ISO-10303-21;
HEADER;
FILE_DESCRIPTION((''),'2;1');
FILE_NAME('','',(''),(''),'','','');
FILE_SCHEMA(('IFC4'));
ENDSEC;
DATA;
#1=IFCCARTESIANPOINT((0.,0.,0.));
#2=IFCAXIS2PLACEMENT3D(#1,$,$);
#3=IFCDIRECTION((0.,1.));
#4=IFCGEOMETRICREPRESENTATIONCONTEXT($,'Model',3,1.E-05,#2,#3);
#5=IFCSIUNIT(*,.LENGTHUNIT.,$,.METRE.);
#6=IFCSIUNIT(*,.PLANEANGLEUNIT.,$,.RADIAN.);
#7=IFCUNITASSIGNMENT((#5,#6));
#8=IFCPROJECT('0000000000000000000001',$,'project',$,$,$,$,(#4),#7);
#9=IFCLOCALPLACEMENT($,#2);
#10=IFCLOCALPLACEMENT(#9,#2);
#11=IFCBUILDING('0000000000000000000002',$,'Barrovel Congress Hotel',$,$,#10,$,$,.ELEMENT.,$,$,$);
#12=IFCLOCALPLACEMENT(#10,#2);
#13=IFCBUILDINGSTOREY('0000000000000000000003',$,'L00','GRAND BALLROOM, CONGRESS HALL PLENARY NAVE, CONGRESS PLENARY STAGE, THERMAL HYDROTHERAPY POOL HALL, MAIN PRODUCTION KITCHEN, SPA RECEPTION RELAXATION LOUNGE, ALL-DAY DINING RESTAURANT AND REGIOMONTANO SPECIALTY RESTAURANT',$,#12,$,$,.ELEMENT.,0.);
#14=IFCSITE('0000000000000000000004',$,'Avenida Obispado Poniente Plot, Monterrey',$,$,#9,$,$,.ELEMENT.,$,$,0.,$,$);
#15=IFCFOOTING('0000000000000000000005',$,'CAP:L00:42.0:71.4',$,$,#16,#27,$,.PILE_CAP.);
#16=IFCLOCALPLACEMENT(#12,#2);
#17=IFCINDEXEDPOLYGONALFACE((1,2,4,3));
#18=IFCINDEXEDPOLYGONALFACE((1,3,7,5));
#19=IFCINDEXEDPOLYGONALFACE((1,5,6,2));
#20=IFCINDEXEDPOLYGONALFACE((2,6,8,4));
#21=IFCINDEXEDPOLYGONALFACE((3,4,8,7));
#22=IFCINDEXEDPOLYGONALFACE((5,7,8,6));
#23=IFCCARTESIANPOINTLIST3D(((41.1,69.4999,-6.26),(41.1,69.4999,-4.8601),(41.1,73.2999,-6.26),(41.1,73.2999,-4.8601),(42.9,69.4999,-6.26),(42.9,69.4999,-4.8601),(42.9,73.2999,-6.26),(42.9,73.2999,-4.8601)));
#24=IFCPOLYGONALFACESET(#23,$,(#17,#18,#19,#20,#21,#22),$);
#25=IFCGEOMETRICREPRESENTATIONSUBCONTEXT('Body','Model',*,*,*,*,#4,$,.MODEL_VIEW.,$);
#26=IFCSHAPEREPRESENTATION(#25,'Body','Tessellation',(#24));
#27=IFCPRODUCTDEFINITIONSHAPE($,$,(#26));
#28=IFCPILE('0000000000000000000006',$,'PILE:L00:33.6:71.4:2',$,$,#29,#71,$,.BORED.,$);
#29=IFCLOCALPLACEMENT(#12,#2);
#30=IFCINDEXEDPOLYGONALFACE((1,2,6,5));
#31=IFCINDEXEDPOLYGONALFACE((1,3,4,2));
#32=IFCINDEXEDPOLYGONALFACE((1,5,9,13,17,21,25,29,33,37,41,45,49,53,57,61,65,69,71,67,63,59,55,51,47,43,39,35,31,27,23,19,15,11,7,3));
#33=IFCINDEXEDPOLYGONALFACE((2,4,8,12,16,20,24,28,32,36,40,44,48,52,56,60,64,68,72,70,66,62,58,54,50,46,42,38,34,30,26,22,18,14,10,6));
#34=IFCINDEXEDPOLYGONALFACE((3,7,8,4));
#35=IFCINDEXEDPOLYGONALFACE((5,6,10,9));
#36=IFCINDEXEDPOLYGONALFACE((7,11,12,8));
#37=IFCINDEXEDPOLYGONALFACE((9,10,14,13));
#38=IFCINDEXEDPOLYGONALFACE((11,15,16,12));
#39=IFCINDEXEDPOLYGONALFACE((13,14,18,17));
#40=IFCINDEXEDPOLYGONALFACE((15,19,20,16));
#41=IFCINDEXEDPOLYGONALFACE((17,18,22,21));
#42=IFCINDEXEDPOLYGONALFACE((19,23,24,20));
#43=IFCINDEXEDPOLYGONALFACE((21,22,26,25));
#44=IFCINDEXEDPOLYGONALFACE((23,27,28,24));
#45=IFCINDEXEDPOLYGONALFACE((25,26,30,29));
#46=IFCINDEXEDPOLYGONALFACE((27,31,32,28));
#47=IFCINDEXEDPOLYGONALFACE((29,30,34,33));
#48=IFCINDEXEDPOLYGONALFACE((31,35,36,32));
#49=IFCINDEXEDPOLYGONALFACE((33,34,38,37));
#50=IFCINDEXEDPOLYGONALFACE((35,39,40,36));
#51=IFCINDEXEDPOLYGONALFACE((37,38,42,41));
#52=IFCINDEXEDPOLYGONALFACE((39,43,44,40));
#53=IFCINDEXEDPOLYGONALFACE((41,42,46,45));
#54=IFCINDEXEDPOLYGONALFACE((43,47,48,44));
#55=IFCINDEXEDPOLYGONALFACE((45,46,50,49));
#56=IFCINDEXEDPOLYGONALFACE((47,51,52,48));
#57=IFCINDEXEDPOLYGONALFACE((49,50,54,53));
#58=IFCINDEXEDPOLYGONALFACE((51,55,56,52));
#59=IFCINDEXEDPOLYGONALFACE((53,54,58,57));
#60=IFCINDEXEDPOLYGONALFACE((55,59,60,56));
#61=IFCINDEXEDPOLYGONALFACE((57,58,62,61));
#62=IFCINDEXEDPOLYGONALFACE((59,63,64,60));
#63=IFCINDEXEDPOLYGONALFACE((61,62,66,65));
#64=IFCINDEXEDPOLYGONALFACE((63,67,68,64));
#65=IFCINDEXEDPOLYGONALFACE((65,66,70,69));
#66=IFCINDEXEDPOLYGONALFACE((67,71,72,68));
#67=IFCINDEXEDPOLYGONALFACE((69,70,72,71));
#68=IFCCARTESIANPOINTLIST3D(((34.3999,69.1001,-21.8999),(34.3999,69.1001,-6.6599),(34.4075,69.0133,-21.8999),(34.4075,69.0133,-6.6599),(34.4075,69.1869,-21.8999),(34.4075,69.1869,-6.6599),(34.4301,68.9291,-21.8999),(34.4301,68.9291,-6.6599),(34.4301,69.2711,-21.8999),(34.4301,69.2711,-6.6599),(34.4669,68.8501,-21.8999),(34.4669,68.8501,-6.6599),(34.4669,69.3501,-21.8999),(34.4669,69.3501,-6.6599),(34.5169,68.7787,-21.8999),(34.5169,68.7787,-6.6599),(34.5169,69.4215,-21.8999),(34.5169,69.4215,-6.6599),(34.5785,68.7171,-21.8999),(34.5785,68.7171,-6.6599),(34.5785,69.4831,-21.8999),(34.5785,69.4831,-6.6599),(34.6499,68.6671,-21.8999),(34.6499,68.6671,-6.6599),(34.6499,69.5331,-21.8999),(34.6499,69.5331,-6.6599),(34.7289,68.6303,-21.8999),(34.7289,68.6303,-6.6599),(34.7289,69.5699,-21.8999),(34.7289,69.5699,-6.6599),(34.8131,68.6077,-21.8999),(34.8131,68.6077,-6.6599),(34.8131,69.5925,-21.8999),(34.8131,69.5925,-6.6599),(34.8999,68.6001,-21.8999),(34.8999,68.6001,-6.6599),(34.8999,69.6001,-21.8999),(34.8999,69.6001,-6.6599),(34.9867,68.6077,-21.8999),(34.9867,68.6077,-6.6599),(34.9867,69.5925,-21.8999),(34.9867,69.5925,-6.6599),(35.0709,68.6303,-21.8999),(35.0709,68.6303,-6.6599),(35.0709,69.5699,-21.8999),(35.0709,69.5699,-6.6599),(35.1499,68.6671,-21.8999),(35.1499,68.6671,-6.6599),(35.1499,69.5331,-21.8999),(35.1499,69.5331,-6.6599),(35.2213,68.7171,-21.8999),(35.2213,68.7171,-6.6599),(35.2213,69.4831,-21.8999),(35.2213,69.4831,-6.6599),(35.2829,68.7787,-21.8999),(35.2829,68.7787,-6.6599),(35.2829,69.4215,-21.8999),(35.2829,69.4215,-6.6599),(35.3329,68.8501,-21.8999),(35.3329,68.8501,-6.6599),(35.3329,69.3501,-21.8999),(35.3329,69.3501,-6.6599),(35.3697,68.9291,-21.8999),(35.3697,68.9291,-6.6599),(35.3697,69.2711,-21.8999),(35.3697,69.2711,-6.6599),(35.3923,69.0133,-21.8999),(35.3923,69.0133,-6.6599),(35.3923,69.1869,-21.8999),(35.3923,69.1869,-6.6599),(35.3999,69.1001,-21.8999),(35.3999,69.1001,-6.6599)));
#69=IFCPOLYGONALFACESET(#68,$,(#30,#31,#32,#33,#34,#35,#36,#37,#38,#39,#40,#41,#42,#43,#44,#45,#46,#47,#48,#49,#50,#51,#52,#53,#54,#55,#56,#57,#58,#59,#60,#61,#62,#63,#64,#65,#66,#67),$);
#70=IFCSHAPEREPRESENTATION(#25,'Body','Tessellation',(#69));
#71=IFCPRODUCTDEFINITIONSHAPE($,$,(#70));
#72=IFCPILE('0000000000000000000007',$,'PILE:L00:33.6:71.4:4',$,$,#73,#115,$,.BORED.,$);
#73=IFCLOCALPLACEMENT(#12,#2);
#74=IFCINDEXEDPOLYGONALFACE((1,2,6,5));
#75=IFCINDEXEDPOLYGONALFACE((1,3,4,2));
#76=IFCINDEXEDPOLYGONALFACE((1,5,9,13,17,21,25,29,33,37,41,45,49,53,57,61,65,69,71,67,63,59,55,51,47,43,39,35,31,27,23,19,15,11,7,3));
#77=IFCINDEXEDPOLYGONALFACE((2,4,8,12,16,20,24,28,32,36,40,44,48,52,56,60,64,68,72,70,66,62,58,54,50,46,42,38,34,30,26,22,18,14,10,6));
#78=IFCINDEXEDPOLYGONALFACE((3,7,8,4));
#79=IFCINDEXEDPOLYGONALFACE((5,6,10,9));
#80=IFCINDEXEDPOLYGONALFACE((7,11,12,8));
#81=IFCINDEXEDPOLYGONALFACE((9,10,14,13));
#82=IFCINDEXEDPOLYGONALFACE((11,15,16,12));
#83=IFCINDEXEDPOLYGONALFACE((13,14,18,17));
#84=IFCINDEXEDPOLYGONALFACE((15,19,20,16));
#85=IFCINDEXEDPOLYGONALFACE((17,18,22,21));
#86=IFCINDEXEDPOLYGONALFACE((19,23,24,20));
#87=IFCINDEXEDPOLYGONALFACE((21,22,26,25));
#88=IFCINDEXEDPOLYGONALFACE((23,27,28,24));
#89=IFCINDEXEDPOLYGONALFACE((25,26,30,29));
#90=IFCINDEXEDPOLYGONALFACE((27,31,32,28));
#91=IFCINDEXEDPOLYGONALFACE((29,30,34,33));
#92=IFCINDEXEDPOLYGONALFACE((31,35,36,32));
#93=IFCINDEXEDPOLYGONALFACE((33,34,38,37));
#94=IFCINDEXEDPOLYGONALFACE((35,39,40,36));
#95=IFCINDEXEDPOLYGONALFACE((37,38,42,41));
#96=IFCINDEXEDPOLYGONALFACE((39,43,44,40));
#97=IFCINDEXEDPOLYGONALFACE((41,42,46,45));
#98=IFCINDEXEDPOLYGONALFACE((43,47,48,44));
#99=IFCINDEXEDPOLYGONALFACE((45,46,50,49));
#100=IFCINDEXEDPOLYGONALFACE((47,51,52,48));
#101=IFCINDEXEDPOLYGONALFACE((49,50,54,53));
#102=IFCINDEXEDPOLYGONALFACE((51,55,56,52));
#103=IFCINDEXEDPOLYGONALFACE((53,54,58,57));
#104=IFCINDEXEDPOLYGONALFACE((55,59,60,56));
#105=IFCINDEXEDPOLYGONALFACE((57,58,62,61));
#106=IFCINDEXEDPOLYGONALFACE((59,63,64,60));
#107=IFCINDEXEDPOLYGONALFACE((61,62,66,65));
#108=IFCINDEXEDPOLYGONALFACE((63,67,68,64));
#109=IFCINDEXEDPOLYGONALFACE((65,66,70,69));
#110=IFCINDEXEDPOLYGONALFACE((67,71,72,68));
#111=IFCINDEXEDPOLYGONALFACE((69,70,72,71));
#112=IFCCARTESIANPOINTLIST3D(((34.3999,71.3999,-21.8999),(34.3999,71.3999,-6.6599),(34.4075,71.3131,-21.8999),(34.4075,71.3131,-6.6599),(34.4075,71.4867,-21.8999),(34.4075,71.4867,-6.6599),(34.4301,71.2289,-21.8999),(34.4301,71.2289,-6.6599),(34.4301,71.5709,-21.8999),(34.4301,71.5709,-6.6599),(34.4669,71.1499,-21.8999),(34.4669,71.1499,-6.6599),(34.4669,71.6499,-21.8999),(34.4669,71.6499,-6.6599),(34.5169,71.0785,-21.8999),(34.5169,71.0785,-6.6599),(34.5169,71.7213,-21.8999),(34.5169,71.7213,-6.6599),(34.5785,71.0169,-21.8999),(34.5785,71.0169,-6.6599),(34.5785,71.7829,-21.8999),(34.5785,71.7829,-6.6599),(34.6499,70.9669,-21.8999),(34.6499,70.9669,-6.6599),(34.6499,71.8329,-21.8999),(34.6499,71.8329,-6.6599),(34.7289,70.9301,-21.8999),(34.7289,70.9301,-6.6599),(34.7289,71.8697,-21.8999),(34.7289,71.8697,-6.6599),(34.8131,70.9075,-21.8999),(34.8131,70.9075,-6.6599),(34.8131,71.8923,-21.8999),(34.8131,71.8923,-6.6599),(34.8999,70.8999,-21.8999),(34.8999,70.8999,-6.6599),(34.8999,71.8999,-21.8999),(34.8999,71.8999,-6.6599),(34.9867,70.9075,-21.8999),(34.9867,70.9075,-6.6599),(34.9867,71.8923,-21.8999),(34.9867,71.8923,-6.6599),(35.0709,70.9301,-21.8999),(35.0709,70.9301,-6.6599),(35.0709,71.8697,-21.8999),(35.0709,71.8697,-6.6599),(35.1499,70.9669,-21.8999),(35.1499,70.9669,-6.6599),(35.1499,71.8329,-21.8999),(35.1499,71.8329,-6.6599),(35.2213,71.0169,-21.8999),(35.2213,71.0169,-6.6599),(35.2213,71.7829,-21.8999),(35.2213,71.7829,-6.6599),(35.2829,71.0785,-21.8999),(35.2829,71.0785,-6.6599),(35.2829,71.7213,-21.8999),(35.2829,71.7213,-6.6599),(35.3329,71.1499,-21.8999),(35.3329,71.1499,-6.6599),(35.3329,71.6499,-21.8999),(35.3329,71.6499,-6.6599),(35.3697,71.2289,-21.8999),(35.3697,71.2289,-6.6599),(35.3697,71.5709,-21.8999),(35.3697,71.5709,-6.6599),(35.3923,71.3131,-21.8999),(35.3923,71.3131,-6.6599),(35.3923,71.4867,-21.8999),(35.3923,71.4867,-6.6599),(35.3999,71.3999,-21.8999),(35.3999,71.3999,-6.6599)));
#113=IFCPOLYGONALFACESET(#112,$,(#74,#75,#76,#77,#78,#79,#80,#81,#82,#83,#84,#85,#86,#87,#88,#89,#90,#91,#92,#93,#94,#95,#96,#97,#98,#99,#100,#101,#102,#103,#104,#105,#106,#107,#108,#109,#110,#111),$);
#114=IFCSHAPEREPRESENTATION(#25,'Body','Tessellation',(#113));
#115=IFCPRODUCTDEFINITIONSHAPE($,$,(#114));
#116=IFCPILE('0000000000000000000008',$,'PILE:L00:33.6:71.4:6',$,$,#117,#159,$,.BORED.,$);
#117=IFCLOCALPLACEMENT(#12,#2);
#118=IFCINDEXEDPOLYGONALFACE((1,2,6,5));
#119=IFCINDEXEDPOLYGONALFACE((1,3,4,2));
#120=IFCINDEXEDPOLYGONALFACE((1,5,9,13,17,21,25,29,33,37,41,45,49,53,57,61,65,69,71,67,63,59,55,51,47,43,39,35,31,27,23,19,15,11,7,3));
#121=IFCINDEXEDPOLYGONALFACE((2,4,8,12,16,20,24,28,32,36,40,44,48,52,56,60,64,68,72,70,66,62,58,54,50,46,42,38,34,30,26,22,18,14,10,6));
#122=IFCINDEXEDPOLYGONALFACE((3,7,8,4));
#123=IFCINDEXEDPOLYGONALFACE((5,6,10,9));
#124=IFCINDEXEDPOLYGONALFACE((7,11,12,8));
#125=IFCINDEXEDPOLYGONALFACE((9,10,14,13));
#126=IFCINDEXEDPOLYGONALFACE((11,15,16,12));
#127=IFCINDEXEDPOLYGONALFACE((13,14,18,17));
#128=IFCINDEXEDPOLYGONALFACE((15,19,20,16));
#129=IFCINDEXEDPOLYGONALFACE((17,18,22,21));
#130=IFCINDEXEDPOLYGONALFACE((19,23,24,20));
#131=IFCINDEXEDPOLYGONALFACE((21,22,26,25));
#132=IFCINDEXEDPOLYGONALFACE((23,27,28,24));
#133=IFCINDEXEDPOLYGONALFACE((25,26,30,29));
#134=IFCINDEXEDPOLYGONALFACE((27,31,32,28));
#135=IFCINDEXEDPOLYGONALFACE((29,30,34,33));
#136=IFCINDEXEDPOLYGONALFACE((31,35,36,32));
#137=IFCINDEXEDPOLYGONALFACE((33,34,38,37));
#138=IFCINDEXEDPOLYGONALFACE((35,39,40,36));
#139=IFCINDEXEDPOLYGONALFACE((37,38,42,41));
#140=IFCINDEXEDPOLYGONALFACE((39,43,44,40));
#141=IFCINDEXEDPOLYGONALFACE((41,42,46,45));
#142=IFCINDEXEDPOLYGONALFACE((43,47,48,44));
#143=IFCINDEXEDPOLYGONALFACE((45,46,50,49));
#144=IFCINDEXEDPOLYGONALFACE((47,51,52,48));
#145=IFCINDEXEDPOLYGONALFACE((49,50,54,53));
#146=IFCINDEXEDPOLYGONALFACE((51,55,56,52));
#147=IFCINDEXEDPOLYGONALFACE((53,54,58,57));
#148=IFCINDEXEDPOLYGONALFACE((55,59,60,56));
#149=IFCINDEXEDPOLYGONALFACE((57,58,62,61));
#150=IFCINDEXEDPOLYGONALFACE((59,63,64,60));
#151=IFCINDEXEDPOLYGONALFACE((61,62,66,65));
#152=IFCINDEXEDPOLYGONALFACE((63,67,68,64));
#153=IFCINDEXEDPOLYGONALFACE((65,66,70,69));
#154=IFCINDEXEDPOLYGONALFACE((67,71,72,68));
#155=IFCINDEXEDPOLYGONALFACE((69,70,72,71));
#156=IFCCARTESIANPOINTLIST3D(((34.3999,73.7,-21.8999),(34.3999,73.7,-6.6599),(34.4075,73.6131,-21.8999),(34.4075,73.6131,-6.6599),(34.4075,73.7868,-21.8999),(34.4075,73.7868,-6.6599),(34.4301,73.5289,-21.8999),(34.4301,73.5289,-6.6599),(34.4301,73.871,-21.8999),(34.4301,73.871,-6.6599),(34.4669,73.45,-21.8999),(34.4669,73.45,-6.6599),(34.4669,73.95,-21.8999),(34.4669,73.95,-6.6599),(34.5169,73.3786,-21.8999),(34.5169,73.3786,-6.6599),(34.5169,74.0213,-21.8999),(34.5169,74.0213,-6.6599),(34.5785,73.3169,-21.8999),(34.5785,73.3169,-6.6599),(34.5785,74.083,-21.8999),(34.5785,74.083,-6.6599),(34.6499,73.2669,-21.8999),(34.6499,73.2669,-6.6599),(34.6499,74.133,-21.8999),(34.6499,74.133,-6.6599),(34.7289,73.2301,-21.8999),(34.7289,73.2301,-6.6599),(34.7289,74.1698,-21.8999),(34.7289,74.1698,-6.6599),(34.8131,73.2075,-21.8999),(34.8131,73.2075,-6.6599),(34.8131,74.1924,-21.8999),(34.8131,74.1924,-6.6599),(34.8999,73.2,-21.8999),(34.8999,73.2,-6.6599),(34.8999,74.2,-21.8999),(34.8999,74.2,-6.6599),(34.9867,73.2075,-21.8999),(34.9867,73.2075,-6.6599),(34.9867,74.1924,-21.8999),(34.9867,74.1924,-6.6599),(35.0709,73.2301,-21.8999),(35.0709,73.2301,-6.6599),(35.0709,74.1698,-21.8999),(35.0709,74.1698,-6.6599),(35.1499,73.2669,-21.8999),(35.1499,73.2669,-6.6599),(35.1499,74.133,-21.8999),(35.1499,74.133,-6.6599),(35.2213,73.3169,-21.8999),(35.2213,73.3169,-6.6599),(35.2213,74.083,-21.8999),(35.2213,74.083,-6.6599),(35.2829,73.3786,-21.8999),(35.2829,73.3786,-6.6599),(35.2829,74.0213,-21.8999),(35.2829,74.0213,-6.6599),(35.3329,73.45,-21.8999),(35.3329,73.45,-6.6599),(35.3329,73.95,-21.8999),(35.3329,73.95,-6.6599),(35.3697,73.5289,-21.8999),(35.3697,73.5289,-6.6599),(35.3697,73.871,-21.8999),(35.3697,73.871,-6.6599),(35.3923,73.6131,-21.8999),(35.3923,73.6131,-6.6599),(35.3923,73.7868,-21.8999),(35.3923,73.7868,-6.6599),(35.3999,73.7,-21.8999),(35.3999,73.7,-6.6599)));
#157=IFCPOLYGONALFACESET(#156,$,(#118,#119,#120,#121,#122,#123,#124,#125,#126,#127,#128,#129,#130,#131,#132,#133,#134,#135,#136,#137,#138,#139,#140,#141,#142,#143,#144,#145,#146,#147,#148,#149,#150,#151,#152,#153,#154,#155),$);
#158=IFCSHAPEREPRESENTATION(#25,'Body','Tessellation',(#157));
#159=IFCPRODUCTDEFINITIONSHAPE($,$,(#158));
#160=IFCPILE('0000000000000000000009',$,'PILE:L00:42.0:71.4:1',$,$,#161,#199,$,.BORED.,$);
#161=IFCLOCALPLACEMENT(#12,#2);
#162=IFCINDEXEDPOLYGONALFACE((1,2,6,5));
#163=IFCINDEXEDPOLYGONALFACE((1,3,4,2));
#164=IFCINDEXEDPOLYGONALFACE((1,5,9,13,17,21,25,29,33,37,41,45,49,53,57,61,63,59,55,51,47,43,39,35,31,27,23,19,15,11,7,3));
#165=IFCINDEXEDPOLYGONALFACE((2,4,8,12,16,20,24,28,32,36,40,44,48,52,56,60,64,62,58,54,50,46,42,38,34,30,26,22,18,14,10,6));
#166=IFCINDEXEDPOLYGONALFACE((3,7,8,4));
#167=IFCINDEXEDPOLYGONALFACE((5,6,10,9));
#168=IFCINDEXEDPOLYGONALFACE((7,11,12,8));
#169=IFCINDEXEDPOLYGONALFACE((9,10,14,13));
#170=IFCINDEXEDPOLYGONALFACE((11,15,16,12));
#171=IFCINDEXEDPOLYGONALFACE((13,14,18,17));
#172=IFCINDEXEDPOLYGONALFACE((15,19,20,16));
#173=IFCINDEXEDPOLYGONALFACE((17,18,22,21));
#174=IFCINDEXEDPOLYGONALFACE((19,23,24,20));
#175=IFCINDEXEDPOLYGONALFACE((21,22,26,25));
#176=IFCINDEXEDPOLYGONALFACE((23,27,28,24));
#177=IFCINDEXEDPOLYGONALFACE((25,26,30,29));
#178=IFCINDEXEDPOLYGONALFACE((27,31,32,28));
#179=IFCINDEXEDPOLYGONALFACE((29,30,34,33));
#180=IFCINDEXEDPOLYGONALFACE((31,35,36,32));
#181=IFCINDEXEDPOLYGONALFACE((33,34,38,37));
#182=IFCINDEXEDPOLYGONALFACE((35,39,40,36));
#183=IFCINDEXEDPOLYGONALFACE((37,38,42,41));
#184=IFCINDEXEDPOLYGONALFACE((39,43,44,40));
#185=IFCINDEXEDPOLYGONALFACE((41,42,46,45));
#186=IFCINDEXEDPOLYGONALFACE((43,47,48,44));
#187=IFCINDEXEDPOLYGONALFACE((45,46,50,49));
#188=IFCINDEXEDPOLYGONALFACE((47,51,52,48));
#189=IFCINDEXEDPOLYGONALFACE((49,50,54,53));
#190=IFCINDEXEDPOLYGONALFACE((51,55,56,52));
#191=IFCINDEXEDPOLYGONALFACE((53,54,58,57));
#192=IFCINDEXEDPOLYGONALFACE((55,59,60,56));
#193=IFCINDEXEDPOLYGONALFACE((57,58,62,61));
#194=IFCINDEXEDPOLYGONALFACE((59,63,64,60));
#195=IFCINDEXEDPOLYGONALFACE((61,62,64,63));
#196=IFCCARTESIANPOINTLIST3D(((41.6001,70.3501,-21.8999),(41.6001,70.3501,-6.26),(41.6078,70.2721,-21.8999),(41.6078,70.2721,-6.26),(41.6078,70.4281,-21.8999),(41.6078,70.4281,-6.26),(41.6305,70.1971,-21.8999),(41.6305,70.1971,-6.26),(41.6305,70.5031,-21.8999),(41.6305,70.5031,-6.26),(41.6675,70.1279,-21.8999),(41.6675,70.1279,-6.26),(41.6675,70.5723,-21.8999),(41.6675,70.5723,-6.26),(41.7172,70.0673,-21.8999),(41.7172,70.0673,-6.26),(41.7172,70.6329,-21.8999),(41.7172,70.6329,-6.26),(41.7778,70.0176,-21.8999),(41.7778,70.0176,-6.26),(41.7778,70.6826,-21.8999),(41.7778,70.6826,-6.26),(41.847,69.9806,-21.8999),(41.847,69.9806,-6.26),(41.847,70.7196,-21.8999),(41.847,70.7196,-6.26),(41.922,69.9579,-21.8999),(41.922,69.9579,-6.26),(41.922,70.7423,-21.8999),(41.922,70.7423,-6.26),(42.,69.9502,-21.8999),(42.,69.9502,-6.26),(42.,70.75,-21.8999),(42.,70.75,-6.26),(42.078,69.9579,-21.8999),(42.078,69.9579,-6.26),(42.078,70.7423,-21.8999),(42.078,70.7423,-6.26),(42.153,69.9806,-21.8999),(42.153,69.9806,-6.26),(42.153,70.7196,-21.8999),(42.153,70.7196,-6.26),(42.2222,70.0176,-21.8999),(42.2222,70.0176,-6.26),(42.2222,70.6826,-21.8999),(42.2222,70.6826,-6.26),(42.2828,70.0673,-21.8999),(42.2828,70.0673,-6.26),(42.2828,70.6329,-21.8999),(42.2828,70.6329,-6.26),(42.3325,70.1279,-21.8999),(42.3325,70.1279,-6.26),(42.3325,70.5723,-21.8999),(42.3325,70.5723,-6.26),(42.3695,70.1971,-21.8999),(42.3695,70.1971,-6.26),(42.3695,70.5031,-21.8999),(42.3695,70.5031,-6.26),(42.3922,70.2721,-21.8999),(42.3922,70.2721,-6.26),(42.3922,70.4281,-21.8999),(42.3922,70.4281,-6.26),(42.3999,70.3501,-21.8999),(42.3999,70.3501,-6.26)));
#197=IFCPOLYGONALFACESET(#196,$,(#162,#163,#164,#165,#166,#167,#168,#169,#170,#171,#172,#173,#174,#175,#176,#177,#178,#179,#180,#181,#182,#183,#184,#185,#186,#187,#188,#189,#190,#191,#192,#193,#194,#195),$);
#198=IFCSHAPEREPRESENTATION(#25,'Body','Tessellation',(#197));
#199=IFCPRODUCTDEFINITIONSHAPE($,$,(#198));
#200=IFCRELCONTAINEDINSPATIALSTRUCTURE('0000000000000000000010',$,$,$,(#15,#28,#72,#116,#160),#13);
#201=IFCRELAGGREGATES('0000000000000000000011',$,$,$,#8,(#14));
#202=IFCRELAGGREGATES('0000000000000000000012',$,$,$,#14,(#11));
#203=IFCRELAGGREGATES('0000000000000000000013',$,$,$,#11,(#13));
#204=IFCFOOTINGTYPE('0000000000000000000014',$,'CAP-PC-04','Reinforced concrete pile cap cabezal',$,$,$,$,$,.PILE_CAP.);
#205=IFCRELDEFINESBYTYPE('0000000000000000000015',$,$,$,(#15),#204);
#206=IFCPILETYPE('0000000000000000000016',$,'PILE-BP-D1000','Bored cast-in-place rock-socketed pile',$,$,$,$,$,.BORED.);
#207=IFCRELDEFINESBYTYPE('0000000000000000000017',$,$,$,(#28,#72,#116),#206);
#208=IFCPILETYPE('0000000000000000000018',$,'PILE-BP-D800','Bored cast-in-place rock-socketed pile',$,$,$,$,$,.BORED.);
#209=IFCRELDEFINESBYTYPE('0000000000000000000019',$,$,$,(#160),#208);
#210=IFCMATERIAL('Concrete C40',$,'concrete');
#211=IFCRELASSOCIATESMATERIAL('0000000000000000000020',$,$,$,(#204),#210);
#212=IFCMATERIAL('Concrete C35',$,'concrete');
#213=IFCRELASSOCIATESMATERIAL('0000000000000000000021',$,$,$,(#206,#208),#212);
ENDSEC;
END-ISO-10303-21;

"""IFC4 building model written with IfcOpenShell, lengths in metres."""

from ifc_helpers import new_model, si_unit, direction, frame, origin, origin_2d, place, context, subcontext, project, spatial, rectangle, circle, extrude, material, material_profile, profile_set, type_object, element, save


model = new_model("IFC4")

# Units and contexts
model_context = context("Model", 3, precision=1e-05, world=origin(), true_north=direction((0.0, 1.0)))
body_context = subcontext(model_context, "Body", "Model", "MODEL_VIEW")
ifc_project = project(units=[si_unit("LENGTHUNIT", "METRE"), si_unit("PLANEANGLEUNIT", "RADIAN")], contexts=[model_context])

# Site, building, storey
site_placement = place(None, origin())
site = spatial("IfcSite", under=ifc_project, at=site_placement, Name="Avenida Obispado Poniente Plot, Monterrey", CompositionType="ELEMENT", RefElevation=0.0)
building_placement = place(site_placement, origin())
building = spatial("IfcBuilding", under=site, at=building_placement, Name="Barrovel Congress Hotel", CompositionType="ELEMENT")
storey_placement = place(building_placement, origin())
storey = spatial("IfcBuildingStorey", under=building, at=storey_placement, Name="L00", Description="GRAND BALLROOM, CONGRESS HALL PLENARY NAVE, CONGRESS PLENARY STAGE, THERMAL HYDROTHERAPY POOL HALL, MAIN PRODUCTION KITCHEN, SPA RECEPTION RELAXATION LOUNGE, ALL-DAY DINING RESTAURANT AND REGIOMONTANO SPECIALTY RESTAURANT", CompositionType="ELEMENT", Elevation=0.0)

# Footing
ifc_material_1 = material(Name="Concrete C40", Category="concrete")
footing_type = type_object("IfcFootingType", Name="CAP-PC-04", Description="Reinforced concrete pile cap cabezal", PredefinedType="PILE_CAP", material=ifc_material_1)
footing_placement = place(storey_placement, frame((42.0, 71.3999, -6.26), z_axis=(0.0, 0.0, 1.0), x_axis=(1.0, 0.0, 0.0)))
element("IfcFooting", 1, at=footing_placement, inside=storey, type_object=footing_type, Name="CAP:L00:42.0:71.4", PredefinedType="PILE_CAP", context=body_context, shape_type="SweptSolid", body=[
    extrude(rectangle(XDim=1.8, YDim=3.8, at=origin_2d()), origin(), (0.0, 0.0, 1.0), 1.3999),
])

# Piles
ifc_material_2 = material(Name="Concrete C35", Category="concrete")
ifc_material_profile_1 = material_profile(ifc_material_2, circle(Radius=0.5, at=origin_2d()), Name="BP-D1000")
ifc_profile_set_1 = profile_set([ifc_material_profile_1], Name="Concrete C35")
pile_type_1 = type_object("IfcPileType", Name="PILE-BP-D1000", Description="Bored cast-in-place rock-socketed pile", PredefinedType="BORED", material=ifc_profile_set_1)
for number, where, z_axis, x_axis, name in (
    (2, (34.8999, 69.1001, -6.6599), (0.0, 0.0, -1.0), (1.0, 0.0, 0.0), "PILE:L00:33.6:71.4:2"),
    (3, (34.8999, 71.3999, -6.6599), (0.0, 0.0, -1.0), (1.0, 0.0, 0.0), "PILE:L00:33.6:71.4:4"),
    (4, (34.8999, 73.7, -6.6599), (0.0, 0.0, -1.0), (1.0, 0.0, 0.0), "PILE:L00:33.6:71.4:6"),
):
    element("IfcPile", number, at=place(storey_placement, frame(where, z_axis=z_axis, x_axis=x_axis)), inside=storey, type_object=pile_type_1, Name=name, PredefinedType="BORED", context=body_context, shape_type="SweptSolid", body=[
        extrude(circle(Radius=0.5, at=origin_2d()), origin(), (0.0, 0.0, 1.0), 15.24),
    ])
ifc_material_profile_2 = material_profile(ifc_material_2, circle(Radius=0.3999, at=origin_2d()), Name="BP-D800")
ifc_profile_set_2 = profile_set([ifc_material_profile_2], Name="Concrete C35")
pile_type_2 = type_object("IfcPileType", Name="PILE-BP-D800", Description="Bored cast-in-place rock-socketed pile", PredefinedType="BORED", material=ifc_profile_set_2)
for number, where, z_axis, x_axis, name in (
    (5, (42.0, 70.3501, -6.26), (0.0, 0.0, -1.0), (1.0, 0.0, 0.0), "PILE:L00:42.0:71.4:1"),
):
    element("IfcPile", number, at=place(storey_placement, frame(where, z_axis=z_axis, x_axis=x_axis)), inside=storey, type_object=pile_type_2, Name=name, PredefinedType="BORED", context=body_context, shape_type="SweptSolid", body=[
        extrude(circle(Radius=0.3999, at=origin_2d()), origin(), (0.0, 0.0, 1.0), 15.6399),
    ])

save(model, "model.ifc")
